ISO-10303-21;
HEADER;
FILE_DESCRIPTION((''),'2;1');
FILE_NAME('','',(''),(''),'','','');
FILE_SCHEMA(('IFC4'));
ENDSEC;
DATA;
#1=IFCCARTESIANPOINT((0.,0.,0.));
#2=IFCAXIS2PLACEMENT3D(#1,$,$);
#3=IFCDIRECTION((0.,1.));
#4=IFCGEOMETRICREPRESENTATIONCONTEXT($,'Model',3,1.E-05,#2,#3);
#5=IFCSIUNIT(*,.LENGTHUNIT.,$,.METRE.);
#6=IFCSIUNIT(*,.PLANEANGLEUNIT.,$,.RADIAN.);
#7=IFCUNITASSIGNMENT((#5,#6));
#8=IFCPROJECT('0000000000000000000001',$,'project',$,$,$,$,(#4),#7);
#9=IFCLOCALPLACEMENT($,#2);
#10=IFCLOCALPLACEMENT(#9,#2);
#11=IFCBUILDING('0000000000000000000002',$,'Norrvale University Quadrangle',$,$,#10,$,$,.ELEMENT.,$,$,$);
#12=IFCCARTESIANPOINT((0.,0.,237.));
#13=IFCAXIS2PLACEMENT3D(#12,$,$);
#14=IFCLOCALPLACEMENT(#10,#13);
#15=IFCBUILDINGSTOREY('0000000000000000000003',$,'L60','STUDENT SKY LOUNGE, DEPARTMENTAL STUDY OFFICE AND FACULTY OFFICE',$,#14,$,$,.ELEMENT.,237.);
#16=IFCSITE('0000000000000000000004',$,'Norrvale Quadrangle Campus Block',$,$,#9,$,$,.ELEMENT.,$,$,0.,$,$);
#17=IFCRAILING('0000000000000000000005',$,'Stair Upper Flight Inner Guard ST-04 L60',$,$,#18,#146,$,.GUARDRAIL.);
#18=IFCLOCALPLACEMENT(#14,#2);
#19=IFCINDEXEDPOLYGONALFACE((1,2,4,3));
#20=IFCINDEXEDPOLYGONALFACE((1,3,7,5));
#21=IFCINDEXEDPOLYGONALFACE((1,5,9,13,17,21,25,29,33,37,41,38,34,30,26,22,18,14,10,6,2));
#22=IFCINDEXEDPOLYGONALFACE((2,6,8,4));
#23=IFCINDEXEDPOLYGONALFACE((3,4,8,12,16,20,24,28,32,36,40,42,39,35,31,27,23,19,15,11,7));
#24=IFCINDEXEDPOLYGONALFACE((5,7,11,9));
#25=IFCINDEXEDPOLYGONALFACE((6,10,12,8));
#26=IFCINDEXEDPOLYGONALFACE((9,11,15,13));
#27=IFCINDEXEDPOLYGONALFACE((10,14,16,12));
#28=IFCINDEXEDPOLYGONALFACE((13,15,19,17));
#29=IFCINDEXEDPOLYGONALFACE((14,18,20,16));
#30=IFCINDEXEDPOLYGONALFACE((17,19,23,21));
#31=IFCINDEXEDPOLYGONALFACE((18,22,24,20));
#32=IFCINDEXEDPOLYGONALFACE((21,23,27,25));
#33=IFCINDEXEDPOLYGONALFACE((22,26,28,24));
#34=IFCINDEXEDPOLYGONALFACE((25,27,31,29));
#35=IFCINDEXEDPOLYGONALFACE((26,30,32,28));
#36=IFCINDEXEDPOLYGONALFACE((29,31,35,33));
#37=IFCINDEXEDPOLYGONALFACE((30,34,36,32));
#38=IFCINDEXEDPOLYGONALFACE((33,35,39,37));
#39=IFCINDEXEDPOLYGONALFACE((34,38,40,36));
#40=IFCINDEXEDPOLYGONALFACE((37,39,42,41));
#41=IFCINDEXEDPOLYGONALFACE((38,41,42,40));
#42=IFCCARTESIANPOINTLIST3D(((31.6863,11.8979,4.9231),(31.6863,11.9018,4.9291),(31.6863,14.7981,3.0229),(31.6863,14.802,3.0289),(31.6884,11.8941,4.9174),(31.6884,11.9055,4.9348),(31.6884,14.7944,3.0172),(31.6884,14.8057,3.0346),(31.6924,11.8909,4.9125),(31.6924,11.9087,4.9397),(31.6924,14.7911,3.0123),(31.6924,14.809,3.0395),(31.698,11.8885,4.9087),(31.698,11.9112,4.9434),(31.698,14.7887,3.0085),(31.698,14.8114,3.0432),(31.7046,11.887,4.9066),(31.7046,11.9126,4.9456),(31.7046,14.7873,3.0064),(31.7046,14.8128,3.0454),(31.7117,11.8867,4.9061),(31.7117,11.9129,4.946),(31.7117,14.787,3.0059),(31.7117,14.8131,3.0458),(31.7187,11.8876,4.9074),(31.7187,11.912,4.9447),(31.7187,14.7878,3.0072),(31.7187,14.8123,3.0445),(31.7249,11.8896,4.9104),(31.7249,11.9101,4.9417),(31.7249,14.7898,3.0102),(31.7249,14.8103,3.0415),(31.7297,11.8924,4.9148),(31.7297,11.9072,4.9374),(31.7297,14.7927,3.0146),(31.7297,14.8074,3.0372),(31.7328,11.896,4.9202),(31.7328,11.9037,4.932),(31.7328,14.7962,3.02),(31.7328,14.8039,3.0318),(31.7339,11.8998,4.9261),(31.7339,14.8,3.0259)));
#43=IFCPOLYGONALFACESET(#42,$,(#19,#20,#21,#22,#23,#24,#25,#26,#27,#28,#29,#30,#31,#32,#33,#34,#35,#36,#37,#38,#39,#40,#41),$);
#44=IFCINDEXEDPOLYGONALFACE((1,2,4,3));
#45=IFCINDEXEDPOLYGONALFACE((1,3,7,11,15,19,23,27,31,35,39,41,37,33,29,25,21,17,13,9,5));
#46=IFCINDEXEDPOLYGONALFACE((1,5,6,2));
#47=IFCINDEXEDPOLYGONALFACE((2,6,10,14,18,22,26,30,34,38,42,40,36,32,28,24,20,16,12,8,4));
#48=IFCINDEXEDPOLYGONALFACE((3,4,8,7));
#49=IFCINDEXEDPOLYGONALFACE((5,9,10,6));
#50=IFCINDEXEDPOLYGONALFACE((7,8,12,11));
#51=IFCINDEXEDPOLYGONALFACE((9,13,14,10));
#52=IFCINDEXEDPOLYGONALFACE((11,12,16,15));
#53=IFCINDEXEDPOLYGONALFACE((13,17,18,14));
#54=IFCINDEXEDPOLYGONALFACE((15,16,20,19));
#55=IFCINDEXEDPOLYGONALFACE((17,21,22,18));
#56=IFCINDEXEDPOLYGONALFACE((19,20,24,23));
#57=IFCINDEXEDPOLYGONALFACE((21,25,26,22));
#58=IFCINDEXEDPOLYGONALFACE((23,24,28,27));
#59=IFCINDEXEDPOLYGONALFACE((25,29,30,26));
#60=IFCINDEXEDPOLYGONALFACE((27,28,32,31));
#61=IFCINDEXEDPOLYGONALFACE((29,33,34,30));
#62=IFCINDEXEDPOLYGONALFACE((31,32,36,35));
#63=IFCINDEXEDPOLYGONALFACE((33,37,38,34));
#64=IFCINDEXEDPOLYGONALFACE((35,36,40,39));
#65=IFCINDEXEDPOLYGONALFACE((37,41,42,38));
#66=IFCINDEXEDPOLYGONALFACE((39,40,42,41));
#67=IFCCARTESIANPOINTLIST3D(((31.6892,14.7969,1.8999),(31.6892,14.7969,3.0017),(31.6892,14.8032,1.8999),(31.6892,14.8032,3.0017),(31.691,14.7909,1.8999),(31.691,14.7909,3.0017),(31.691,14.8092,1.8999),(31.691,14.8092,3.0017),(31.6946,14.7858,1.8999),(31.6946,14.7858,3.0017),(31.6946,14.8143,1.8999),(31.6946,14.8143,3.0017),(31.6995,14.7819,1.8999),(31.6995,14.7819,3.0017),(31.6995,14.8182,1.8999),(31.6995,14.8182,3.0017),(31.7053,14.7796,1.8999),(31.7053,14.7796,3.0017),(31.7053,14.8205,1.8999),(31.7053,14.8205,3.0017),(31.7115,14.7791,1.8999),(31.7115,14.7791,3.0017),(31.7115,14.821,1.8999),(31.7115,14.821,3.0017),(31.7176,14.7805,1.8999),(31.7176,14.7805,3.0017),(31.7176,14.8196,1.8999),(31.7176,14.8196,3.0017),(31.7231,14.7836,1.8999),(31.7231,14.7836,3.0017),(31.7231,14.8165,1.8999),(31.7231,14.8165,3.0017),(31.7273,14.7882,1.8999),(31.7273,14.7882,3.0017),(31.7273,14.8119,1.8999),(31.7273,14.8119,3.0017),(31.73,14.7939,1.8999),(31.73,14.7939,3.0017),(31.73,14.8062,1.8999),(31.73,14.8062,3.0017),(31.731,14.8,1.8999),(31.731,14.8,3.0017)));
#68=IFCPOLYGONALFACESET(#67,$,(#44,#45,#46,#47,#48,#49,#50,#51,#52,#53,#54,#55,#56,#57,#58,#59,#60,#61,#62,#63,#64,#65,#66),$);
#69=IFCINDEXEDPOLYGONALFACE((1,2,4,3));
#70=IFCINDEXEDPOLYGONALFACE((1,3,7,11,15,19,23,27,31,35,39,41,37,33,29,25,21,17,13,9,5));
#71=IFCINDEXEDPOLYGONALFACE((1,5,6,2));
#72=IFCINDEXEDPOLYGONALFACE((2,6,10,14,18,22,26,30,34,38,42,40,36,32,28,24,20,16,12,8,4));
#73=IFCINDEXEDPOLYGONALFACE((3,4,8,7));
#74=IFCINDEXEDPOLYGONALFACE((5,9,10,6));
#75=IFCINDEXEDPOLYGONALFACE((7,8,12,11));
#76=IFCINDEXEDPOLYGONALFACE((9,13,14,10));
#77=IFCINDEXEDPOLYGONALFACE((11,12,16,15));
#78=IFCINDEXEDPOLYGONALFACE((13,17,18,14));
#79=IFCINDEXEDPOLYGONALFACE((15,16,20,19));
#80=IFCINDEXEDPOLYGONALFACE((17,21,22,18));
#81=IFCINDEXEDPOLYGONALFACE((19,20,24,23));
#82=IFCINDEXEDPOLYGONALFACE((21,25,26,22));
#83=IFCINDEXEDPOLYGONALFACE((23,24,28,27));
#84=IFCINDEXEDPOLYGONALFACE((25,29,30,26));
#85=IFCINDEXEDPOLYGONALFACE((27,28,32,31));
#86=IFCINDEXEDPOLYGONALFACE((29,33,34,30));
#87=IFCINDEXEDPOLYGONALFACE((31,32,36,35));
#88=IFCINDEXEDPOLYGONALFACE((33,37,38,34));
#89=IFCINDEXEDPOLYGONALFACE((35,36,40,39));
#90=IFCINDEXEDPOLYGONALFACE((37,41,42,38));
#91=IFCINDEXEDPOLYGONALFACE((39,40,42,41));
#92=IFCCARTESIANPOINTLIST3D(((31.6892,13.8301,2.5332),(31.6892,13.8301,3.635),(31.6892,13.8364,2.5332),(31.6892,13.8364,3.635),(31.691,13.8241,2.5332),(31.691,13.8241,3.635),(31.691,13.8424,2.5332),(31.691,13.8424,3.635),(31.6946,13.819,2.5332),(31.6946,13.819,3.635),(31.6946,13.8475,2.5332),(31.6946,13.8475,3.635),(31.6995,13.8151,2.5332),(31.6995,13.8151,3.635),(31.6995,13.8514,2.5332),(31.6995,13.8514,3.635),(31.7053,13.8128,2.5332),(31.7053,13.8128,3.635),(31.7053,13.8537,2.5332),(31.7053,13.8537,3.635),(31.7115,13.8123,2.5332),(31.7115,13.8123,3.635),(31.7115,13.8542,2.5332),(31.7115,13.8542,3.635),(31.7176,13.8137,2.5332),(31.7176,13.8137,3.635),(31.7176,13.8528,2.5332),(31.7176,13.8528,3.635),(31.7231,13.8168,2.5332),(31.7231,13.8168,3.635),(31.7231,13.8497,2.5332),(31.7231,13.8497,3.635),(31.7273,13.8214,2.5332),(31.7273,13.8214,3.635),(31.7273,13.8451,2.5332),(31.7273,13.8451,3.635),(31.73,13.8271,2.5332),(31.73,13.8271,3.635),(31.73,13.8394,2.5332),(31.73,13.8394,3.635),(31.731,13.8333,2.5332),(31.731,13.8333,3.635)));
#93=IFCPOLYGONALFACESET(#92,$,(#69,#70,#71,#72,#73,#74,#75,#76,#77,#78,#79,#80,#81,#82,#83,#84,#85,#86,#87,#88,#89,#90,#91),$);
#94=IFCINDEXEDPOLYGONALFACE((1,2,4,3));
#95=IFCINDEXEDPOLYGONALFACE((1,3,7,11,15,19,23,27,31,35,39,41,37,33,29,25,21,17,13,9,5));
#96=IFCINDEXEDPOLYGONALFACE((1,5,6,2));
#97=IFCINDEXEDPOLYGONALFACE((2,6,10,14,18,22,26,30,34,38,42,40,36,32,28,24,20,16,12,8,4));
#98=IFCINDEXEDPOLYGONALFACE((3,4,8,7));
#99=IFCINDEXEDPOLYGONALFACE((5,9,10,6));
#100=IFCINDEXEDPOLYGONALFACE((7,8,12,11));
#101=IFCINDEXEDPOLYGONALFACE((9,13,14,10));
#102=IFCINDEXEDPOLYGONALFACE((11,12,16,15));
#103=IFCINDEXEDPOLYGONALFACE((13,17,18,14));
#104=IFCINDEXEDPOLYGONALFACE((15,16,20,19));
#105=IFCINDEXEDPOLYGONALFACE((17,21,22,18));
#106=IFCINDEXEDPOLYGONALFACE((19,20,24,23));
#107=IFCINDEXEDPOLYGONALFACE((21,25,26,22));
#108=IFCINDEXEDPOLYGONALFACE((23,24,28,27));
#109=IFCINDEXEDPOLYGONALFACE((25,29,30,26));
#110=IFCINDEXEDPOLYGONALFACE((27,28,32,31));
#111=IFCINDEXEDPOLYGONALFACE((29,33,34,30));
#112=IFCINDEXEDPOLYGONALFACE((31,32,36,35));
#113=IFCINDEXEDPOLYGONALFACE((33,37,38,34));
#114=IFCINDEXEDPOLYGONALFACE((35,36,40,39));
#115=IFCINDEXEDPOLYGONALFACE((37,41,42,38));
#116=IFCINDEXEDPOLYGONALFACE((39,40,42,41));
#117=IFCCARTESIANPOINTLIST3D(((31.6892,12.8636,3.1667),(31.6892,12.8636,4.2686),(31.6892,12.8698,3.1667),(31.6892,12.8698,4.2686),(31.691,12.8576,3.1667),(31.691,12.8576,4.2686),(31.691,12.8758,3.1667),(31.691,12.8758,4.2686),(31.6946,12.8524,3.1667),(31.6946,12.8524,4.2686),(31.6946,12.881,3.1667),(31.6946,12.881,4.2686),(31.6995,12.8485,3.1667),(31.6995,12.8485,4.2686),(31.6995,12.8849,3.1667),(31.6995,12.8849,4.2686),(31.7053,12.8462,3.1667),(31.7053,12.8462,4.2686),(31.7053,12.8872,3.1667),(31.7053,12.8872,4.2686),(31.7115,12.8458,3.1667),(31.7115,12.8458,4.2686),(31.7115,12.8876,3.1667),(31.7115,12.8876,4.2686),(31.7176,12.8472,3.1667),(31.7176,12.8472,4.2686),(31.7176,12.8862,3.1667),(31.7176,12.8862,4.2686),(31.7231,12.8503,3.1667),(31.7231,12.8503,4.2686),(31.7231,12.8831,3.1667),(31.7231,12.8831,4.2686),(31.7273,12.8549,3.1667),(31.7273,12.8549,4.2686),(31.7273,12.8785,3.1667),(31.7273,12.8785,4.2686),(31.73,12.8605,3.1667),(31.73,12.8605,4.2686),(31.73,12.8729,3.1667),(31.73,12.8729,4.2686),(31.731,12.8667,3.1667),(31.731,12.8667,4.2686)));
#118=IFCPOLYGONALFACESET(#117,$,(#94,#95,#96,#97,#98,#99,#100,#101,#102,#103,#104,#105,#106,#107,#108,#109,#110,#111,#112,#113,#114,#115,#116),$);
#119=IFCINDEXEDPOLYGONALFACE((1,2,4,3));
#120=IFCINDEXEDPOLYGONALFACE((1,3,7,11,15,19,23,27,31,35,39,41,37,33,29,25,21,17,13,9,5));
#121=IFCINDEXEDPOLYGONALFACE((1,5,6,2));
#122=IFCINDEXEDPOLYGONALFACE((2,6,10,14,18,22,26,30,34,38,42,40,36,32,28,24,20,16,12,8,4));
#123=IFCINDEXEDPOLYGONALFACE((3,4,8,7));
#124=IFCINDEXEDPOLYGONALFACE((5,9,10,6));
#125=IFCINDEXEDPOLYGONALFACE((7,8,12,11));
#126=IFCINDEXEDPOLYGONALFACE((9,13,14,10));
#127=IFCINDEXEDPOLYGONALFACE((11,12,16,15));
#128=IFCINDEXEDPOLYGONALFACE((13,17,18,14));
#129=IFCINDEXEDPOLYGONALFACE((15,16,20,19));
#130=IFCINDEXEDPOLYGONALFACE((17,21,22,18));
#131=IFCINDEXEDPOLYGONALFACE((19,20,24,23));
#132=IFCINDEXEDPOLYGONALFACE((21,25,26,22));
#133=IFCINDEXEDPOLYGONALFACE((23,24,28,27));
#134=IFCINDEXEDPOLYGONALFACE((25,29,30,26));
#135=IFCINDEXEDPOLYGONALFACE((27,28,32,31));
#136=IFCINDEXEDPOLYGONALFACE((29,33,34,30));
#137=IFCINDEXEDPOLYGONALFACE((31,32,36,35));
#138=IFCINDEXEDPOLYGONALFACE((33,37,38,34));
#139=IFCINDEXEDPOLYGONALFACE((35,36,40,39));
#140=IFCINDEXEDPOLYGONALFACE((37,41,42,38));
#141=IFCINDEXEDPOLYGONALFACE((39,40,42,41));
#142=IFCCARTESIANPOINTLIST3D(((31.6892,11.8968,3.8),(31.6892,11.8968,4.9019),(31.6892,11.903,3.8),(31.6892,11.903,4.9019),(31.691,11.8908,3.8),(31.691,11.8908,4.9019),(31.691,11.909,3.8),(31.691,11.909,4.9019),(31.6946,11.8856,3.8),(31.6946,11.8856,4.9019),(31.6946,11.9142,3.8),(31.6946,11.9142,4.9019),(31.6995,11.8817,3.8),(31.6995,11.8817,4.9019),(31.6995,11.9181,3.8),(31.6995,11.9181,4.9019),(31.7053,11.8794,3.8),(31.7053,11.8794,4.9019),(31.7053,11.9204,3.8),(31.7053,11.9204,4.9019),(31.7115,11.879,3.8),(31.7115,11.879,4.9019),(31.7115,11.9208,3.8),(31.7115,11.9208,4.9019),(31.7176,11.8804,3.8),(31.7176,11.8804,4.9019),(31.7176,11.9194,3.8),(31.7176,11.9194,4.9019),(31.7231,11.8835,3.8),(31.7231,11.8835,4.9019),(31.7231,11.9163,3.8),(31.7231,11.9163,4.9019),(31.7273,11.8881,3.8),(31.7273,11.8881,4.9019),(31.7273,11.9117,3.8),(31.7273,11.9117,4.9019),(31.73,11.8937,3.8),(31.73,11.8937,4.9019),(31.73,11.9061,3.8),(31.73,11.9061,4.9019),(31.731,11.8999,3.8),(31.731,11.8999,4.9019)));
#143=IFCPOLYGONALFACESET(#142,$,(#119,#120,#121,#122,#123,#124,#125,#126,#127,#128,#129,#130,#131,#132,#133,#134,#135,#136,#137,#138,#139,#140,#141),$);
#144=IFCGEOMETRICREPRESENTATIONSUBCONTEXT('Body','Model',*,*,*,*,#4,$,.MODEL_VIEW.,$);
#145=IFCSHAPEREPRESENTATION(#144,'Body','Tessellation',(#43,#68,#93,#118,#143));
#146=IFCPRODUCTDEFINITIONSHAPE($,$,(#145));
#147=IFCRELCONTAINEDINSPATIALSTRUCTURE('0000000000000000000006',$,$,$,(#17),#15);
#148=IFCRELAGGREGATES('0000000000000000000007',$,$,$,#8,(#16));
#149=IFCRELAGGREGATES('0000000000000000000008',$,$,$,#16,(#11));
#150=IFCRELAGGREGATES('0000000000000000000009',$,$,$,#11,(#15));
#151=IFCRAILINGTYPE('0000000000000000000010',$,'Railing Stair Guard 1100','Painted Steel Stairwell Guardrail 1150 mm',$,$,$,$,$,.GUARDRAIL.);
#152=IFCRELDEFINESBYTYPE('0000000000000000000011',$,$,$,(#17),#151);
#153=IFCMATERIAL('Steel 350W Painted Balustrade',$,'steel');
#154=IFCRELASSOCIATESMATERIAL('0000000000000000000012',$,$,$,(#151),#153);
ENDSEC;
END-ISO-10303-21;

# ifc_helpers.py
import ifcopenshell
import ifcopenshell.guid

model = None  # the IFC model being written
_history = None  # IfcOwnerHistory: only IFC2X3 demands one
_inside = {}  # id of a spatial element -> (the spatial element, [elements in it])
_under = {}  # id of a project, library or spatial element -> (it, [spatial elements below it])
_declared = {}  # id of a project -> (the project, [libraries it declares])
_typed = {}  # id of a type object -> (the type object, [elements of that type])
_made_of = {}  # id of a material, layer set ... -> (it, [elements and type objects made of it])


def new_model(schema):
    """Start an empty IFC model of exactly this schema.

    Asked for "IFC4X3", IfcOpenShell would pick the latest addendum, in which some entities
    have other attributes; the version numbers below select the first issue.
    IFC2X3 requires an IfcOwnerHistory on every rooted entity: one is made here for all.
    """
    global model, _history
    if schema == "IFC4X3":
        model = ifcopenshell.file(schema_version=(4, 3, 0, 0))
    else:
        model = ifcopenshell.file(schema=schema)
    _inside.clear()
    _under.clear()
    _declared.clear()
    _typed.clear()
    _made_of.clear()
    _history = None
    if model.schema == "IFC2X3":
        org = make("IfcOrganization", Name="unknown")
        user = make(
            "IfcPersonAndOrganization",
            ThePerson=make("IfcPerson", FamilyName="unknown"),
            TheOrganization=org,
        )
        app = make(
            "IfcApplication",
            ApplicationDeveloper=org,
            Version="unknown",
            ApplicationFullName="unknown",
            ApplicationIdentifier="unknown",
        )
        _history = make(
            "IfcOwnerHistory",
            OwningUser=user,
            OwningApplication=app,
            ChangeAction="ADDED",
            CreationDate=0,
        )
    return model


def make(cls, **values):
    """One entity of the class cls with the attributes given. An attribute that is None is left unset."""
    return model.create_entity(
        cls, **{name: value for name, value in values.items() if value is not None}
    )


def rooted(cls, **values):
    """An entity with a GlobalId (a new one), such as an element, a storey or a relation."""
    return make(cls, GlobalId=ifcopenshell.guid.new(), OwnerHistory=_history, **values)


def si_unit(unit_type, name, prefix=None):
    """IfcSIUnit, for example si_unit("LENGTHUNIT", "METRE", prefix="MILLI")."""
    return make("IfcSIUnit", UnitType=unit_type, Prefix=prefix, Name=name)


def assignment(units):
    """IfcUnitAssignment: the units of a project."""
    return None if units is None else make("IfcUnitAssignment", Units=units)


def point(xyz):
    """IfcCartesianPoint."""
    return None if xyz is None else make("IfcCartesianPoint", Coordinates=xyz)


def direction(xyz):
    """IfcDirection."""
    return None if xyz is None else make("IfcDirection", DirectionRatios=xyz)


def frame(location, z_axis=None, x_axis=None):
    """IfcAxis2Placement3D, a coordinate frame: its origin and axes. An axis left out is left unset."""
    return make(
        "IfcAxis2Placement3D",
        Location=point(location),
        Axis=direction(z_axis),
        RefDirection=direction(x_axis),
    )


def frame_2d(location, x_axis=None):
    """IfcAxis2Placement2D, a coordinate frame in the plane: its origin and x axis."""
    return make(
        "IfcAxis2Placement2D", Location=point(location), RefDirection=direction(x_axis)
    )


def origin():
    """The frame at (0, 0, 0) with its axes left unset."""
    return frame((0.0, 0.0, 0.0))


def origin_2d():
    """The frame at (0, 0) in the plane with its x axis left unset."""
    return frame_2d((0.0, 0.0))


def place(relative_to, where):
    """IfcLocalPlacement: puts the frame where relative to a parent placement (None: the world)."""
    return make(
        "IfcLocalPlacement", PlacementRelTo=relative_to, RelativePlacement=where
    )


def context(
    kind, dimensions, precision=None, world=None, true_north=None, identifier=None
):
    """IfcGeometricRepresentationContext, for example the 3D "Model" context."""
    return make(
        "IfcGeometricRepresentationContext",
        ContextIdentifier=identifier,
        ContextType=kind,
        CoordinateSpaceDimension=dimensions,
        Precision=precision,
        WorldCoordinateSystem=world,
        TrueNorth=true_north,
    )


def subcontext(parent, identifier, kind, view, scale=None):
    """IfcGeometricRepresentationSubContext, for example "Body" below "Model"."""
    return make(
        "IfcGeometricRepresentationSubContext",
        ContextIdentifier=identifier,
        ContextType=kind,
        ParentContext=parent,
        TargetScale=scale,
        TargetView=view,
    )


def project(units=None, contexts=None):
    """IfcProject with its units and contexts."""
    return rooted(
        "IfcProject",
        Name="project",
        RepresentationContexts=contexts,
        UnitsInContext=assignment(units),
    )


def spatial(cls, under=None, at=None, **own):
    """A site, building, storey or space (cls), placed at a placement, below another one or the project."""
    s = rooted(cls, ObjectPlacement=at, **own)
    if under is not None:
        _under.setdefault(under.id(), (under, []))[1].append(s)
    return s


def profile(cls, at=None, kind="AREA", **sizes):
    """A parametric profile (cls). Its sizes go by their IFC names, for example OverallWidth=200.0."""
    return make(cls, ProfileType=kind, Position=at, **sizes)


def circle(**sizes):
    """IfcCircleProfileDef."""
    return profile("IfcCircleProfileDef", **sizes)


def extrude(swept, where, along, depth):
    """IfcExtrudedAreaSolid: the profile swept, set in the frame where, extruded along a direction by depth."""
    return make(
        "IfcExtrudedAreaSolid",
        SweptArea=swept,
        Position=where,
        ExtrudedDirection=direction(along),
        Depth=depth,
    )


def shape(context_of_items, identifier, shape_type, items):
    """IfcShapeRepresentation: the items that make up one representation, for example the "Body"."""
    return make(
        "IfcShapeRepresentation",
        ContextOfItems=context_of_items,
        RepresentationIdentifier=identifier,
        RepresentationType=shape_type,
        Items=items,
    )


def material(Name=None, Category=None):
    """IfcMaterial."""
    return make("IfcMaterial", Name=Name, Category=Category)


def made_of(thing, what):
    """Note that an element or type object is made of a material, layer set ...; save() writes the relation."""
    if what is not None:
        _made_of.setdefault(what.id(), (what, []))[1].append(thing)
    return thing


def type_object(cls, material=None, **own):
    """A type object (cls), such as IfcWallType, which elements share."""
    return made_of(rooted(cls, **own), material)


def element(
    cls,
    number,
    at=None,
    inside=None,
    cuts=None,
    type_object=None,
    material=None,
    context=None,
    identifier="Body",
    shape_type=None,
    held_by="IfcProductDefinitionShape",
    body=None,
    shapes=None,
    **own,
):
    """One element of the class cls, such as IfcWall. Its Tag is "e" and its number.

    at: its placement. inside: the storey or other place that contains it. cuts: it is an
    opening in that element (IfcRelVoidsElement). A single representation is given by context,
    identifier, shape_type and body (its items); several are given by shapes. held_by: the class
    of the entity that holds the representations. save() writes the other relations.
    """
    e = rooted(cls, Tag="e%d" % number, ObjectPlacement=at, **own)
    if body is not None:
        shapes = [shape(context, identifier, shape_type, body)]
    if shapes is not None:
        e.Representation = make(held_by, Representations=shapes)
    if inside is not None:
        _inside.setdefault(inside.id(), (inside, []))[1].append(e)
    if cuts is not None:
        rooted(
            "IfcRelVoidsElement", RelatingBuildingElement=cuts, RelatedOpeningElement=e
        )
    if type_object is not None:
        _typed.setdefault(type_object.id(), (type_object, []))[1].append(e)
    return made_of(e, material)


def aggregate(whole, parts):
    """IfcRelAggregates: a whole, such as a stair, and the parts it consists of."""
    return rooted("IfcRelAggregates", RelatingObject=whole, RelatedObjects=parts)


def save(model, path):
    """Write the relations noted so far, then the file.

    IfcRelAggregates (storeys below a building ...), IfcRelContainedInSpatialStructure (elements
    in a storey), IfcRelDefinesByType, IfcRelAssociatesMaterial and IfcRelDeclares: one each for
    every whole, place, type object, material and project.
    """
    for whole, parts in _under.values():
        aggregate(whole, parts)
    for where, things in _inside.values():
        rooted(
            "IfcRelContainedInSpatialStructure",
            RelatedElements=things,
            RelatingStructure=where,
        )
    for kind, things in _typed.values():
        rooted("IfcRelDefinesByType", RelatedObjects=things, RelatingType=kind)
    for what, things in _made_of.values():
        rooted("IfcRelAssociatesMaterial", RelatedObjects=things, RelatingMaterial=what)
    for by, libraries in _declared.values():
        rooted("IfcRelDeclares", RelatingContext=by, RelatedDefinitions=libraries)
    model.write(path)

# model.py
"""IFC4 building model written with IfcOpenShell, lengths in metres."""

from ifc_helpers import new_model, si_unit, direction, frame, origin, origin_2d, place, context, subcontext, project, spatial, circle, extrude, material, type_object, element, save


model = new_model("IFC4")

# Units and contexts
model_context = context("Model", 3, precision=1e-05, world=origin(), true_north=direction((0.0, 1.0)))
body_context = subcontext(model_context, "Body", "Model", "MODEL_VIEW")
ifc_project = project(units=[si_unit("LENGTHUNIT", "METRE"), si_unit("PLANEANGLEUNIT", "RADIAN")], contexts=[model_context])

# Site, building, storey
site_placement = place(None, origin())
site = spatial("IfcSite", under=ifc_project, at=site_placement, Name="Norrvale Quadrangle Campus Block", CompositionType="ELEMENT", RefElevation=0.0)
building_placement = place(site_placement, origin())
building = spatial("IfcBuilding", under=site, at=building_placement, Name="Norrvale University Quadrangle", CompositionType="ELEMENT")
storey_placement = place(building_placement, frame((0.0, 0.0, 237.0)))
storey = spatial("IfcBuildingStorey", under=building, at=storey_placement, Name="L60", Description="STUDENT SKY LOUNGE, DEPARTMENTAL STUDY OFFICE AND FACULTY OFFICE", CompositionType="ELEMENT", Elevation=237.0)

# Railing
ifc_material_1 = material(Name="Steel 350W Painted Balustrade", Category="steel")
railing_type_1 = type_object("IfcRailingType", Name="Railing Stair Guard 1100", Description="Painted Steel Stairwell Guardrail 1150 mm", PredefinedType="GUARDRAIL", material=ifc_material_1)
railing_1_placement = place(storey_placement, frame((31.71, 14.8, 1.8999)))
element("IfcRailing", 1, at=railing_1_placement, inside=storey, type_object=railing_type_1, Name="Stair Upper Flight Inner Guard ST-04 L60", PredefinedType="GUARDRAIL", context=body_context, shape_type="SweptSolid", body=[
    extrude(circle(Radius=0.0239, at=origin_2d()), frame((0.0, 0.0, 1.126), z_axis=(0.0, -0.836454, 0.548036), x_axis=(1.0, 0.0, 0.0)), (0.0, 0.0, 1.0), 3.4673),
    extrude(circle(Radius=0.021, at=origin_2d()), origin(), (0.0, 0.0, 1.0), 1.1018),
    extrude(circle(Radius=0.021, at=origin_2d()), frame((0.0, -0.9668, 0.6333)), (0.0, 0.0, 1.0), 1.1018),
    extrude(circle(Radius=0.021, at=origin_2d()), frame((0.0, -1.9333, 1.2668)), (0.0, 0.0, 1.0), 1.1018),
    extrude(circle(Radius=0.021, at=origin_2d()), frame((0.0, -2.9001, 1.9001)), (0.0, 0.0, 1.0), 1.1018),
])

save(model, "model.ifc")
